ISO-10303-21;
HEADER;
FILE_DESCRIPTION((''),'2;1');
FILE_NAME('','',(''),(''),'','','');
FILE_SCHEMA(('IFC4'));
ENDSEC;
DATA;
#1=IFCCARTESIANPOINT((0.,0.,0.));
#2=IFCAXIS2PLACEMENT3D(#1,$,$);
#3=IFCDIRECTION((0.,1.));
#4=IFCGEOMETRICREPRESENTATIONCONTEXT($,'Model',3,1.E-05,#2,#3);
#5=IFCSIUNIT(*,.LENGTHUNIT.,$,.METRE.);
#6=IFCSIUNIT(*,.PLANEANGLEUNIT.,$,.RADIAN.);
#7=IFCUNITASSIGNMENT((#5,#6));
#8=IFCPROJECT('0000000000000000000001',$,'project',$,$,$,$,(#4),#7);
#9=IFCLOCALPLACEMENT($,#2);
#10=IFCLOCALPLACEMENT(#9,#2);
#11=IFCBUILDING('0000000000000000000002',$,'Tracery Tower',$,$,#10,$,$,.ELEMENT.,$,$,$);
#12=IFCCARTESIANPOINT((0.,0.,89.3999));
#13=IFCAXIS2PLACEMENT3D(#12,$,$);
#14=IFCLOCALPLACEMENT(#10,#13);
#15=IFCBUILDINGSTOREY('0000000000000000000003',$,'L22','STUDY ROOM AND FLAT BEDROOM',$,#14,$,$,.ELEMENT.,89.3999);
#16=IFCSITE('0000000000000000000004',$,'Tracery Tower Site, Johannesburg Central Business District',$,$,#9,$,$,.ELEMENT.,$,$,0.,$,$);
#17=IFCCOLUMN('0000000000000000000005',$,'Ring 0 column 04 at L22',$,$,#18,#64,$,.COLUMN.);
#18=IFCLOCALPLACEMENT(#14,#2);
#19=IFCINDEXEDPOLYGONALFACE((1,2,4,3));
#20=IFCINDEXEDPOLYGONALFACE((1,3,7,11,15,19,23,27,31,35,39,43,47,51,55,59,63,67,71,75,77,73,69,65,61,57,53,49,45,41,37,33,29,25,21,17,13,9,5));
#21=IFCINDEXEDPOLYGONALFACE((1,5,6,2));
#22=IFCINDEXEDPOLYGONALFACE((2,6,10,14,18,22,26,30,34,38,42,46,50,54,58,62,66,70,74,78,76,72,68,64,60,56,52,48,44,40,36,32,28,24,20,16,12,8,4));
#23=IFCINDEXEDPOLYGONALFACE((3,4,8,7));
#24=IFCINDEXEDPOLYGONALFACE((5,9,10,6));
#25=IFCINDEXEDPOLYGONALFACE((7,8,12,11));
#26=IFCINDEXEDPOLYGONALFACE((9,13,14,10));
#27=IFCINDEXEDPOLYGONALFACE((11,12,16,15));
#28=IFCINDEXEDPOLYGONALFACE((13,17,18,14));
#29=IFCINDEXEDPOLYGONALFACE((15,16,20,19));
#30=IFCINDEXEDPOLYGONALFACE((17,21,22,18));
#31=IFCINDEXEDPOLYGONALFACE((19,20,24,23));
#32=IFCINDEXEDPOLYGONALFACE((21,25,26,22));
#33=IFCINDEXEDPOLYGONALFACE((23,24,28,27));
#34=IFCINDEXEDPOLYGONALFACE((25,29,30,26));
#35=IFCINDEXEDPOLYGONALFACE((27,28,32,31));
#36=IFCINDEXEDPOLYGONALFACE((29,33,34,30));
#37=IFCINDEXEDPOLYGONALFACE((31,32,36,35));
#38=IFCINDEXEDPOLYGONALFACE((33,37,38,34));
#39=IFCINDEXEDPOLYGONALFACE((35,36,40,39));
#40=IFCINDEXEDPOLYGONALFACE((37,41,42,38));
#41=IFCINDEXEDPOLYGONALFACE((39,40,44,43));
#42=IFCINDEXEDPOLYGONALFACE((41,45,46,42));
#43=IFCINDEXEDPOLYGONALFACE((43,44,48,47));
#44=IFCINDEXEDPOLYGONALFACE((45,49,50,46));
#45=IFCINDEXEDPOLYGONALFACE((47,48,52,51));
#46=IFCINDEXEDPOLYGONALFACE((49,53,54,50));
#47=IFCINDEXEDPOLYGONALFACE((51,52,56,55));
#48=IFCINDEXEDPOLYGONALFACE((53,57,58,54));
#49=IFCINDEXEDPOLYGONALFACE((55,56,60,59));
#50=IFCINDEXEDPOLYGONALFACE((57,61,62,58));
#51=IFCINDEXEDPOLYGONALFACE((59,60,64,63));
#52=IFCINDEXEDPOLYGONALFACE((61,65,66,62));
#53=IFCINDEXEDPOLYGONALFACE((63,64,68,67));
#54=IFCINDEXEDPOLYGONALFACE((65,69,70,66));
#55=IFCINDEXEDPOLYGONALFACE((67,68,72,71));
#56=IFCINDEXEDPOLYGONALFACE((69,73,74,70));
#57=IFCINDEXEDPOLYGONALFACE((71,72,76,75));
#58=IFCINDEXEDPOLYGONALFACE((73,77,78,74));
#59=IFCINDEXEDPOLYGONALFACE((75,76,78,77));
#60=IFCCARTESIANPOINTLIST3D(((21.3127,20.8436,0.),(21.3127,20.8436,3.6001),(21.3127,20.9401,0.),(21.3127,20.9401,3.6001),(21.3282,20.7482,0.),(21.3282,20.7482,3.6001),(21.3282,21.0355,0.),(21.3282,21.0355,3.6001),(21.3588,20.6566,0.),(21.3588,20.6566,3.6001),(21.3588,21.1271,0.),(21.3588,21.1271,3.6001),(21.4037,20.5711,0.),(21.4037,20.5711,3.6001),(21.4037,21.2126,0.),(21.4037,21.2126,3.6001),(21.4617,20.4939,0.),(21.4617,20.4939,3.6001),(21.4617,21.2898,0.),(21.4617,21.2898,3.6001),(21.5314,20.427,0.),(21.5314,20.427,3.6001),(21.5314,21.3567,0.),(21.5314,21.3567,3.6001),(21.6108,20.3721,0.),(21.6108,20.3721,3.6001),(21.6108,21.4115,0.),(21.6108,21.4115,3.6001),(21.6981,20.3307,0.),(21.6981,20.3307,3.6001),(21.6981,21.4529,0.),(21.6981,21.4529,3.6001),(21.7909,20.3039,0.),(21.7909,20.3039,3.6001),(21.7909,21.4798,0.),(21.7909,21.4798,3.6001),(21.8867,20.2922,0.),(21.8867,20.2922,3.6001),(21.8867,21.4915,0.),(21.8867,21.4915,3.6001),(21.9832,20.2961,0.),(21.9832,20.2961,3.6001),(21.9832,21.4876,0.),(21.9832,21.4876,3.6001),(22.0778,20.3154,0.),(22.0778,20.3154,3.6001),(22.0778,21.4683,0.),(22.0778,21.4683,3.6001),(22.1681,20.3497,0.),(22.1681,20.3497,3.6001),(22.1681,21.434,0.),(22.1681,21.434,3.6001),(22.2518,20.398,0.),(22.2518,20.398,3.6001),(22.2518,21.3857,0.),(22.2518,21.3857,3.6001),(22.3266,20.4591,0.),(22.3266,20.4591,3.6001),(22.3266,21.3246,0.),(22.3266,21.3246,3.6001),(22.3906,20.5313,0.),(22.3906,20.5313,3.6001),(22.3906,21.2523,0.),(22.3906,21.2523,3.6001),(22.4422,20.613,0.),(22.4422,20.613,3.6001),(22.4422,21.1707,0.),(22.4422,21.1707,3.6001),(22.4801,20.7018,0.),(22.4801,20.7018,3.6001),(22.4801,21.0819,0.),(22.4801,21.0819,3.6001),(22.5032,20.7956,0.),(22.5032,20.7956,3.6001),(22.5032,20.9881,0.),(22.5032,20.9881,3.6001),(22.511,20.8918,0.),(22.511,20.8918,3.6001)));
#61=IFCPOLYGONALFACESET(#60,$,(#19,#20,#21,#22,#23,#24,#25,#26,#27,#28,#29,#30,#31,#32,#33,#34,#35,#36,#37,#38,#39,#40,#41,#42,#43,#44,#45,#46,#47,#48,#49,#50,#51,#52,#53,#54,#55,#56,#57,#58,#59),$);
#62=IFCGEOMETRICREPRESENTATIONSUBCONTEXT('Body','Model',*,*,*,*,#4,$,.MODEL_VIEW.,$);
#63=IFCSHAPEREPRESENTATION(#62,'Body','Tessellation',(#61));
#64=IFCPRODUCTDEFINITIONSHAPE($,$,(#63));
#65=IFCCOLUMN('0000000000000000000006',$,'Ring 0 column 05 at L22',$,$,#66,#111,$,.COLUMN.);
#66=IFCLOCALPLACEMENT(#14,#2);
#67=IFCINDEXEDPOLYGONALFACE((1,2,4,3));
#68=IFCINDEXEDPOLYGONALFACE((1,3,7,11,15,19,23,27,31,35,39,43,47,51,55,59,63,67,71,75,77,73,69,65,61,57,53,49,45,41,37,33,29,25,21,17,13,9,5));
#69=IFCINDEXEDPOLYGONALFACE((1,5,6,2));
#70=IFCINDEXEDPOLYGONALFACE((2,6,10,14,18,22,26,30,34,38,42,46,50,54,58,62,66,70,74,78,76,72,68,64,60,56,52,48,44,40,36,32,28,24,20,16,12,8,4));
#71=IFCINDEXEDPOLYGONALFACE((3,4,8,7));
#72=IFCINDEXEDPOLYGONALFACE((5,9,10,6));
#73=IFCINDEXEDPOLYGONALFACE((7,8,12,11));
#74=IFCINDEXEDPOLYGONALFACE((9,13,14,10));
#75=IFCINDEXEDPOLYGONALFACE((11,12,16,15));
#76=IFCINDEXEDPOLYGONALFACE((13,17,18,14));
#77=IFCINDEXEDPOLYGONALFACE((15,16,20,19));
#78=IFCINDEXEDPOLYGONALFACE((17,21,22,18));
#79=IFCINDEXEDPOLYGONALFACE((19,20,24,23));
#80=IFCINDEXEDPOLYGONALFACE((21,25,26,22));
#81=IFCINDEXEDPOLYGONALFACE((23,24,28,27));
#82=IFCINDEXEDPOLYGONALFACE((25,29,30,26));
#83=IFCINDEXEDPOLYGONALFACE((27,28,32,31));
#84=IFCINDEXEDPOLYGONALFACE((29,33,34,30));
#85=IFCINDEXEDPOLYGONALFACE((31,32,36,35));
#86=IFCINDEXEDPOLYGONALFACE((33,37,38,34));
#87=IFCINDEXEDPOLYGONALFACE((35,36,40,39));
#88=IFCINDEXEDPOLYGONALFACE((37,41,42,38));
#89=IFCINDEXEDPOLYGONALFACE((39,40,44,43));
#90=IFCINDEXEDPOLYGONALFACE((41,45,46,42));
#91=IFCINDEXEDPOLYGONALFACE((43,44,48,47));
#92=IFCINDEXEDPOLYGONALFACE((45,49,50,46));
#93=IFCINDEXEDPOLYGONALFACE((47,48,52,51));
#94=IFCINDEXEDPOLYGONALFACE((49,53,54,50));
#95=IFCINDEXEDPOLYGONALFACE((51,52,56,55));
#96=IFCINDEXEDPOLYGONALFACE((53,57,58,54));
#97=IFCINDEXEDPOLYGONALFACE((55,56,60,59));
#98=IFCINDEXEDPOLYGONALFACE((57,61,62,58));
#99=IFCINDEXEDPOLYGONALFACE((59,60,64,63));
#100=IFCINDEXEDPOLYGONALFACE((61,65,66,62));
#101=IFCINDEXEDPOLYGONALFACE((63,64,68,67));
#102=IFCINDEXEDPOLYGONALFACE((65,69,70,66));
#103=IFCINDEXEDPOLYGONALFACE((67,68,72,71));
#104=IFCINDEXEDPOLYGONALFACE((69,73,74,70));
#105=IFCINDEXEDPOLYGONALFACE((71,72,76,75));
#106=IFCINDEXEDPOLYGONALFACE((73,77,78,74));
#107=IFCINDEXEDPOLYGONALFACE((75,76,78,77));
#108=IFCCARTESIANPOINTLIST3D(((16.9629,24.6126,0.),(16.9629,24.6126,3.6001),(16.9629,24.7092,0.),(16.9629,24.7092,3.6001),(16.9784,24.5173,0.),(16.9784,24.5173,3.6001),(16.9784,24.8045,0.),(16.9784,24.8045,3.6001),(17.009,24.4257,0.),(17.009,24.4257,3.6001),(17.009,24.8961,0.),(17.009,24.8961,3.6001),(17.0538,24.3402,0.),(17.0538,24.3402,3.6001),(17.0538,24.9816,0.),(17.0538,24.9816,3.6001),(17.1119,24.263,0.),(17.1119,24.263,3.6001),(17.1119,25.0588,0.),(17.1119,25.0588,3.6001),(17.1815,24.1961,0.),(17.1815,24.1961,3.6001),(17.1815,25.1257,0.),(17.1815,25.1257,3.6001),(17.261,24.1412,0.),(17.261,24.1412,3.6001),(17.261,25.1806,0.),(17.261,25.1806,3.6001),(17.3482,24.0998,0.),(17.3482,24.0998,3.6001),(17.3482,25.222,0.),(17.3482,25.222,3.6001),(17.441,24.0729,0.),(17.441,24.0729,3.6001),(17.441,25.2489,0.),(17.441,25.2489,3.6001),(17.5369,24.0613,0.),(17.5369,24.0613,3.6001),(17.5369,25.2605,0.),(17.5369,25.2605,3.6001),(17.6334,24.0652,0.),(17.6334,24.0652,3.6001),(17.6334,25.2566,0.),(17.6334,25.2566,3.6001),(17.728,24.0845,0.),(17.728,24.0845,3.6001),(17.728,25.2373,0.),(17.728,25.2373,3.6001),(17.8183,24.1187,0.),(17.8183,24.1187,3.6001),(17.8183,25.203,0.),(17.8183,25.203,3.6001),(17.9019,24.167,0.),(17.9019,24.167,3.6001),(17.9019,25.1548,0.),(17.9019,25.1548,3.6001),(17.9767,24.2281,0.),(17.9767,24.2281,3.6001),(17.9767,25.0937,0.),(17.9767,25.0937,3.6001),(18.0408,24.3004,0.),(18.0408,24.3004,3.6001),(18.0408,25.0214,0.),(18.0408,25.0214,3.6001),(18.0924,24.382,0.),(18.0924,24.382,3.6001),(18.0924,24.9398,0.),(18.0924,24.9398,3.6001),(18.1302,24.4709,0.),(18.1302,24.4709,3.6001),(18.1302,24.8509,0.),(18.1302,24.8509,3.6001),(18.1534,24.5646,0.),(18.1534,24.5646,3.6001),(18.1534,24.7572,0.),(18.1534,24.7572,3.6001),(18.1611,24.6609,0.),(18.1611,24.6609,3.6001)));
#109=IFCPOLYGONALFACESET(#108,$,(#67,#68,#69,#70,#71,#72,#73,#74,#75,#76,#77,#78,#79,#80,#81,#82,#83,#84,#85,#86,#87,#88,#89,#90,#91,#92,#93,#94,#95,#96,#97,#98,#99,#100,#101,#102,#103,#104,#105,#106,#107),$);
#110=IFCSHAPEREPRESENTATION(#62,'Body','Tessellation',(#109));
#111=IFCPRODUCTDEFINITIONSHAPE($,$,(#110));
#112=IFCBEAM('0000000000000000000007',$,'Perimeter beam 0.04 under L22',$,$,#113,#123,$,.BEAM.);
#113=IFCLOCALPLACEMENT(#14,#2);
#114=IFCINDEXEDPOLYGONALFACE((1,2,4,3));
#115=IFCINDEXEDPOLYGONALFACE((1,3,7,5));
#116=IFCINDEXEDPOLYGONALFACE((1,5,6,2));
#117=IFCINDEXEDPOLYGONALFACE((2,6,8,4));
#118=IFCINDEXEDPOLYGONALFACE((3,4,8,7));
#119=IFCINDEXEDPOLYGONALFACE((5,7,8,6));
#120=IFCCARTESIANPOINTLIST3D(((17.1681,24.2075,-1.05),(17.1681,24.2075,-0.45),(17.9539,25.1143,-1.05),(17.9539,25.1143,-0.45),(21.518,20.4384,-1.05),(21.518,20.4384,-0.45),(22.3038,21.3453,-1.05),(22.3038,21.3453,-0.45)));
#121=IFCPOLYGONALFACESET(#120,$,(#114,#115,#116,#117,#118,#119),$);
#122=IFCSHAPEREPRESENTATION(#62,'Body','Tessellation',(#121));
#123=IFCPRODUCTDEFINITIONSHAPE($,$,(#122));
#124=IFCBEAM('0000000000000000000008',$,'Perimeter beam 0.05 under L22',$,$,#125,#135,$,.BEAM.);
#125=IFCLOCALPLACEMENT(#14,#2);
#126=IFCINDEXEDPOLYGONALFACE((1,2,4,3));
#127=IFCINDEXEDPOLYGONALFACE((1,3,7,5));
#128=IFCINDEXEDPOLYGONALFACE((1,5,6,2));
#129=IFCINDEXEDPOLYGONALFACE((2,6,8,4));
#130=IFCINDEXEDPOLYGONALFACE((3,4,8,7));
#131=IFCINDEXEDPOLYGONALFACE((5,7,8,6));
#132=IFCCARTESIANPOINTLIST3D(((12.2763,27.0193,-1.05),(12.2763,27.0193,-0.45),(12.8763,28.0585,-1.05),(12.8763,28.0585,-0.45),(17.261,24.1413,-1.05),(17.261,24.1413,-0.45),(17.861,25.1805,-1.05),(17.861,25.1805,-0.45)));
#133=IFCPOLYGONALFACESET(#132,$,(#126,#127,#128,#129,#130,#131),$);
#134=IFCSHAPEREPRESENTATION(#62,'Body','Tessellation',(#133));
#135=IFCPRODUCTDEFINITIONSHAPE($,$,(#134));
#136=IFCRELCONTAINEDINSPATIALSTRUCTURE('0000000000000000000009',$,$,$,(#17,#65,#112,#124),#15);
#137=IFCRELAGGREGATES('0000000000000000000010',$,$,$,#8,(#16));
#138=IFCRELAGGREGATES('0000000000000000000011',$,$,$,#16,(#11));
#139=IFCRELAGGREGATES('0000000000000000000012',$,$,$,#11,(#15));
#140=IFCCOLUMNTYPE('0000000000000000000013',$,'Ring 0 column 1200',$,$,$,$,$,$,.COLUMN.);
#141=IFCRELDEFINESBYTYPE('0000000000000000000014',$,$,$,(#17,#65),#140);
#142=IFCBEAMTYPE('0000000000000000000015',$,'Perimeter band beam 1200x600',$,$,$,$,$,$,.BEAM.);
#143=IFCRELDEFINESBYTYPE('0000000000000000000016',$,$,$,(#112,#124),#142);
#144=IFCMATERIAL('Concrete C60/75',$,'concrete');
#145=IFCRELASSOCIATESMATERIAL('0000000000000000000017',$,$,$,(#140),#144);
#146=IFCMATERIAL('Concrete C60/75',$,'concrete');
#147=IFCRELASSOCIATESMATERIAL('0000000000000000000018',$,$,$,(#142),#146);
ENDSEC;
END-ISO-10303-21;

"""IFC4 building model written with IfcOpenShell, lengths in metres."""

from ifc_helpers import new_model, si_unit, direction, frame, origin, origin_2d, place, context, subcontext, project, spatial, rectangle, circle, extrude, material, material_profile, profile_set, type_object, element, save


model = new_model("IFC4")

# Units and contexts
model_context = context("Model", 3, precision=1e-05, world=origin(), true_north=direction((0.0, 1.0)))
body_context = subcontext(model_context, "Body", "Model", "MODEL_VIEW")
ifc_project = project(units=[si_unit("LENGTHUNIT", "METRE"), si_unit("PLANEANGLEUNIT", "RADIAN")], contexts=[model_context])

# Site, building, storey
site_placement = place(None, origin())
site = spatial("IfcSite", under=ifc_project, at=site_placement, Name="Tracery Tower Site, Johannesburg Central Business District", CompositionType="ELEMENT", RefElevation=0.0)
building_placement = place(site_placement, origin())
building = spatial("IfcBuilding", under=site, at=building_placement, Name="Tracery Tower", CompositionType="ELEMENT")
storey_placement = place(building_placement, frame((0.0, 0.0, 89.3999)))
storey = spatial("IfcBuildingStorey", under=building, at=storey_placement, Name="L22", Description="STUDY ROOM AND FLAT BEDROOM", CompositionType="ELEMENT", Elevation=89.3999)

# Columns
ifc_material_1 = material(Name="Concrete C60/75", Category="concrete")
ifc_material_profile_1 = material_profile(ifc_material_1, circle(Radius=0.6001, at=origin_2d()), Name="RC D1200")
ifc_profile_set_1 = profile_set([ifc_material_profile_1], Name="Concrete C60/75")
column_type = type_object("IfcColumnType", Name="Ring 0 column 1200", PredefinedType="COLUMN", material=ifc_profile_set_1)
for number, where, z_axis, x_axis, name in (
    (1, (21.9109, 20.8918, 0.0), (0.0, 0.0, 1.0), (1.0, 0.0, 0.0), "Ring 0 column 04 at L22"),
    (2, (17.561, 24.6609, 0.0), (0.0, 0.0, 1.0), (1.0, 0.0, 0.0), "Ring 0 column 05 at L22"),
):
    element("IfcColumn", number, at=place(storey_placement, frame(where, z_axis=z_axis, x_axis=x_axis)), inside=storey, type_object=column_type, Name=name, PredefinedType="COLUMN", context=body_context, shape_type="SweptSolid", body=[
        extrude(circle(Radius=0.6001, at=origin_2d()), origin(), (0.0, 0.0, 1.0), 3.6001),
    ])

# Beams
ifc_material_2 = material(Name="Concrete C60/75", Category="concrete")
ifc_material_profile_2 = material_profile(ifc_material_2, rectangle(XDim=1.2, YDim=0.6001, at=origin_2d()), Name="RC 1200x600")
ifc_profile_set_2 = profile_set([ifc_material_profile_2], Name="Concrete C60/75")
beam_type = type_object("IfcBeamType", Name="Perimeter band beam 1200x600", PredefinedType="BEAM", material=ifc_profile_set_2)
beam_1_placement = place(storey_placement, frame((21.9109, 20.8918, -0.75), z_axis=(-0.75576, 0.654848, 0.0), x_axis=(-0.654848, -0.75576, 0.0)))
element("IfcBeam", 3, at=beam_1_placement, inside=storey, type_object=beam_type, Name="Perimeter beam 0.04 under L22", PredefinedType="BEAM", context=body_context, shape_type="SweptSolid", body=[
    extrude(rectangle(XDim=1.2, YDim=0.6001, at=origin_2d()), origin(), (0.0, 0.0, 1.0), 5.7556),
])
beam_2_placement = place(storey_placement, frame((17.561, 24.6609, -0.75), z_axis=(-0.866021, 0.500008, 0.0), x_axis=(-0.500008, -0.866021, 0.0)))
element("IfcBeam", 4, at=beam_2_placement, inside=storey, type_object=beam_type, Name="Perimeter beam 0.05 under L22", PredefinedType="BEAM", context=body_context, shape_type="SweptSolid", body=[
    extrude(rectangle(XDim=1.2, YDim=0.6001, at=origin_2d()), origin(), (0.0, 0.0, 1.0), 5.7559),
])

save(model, "model.ifc")
